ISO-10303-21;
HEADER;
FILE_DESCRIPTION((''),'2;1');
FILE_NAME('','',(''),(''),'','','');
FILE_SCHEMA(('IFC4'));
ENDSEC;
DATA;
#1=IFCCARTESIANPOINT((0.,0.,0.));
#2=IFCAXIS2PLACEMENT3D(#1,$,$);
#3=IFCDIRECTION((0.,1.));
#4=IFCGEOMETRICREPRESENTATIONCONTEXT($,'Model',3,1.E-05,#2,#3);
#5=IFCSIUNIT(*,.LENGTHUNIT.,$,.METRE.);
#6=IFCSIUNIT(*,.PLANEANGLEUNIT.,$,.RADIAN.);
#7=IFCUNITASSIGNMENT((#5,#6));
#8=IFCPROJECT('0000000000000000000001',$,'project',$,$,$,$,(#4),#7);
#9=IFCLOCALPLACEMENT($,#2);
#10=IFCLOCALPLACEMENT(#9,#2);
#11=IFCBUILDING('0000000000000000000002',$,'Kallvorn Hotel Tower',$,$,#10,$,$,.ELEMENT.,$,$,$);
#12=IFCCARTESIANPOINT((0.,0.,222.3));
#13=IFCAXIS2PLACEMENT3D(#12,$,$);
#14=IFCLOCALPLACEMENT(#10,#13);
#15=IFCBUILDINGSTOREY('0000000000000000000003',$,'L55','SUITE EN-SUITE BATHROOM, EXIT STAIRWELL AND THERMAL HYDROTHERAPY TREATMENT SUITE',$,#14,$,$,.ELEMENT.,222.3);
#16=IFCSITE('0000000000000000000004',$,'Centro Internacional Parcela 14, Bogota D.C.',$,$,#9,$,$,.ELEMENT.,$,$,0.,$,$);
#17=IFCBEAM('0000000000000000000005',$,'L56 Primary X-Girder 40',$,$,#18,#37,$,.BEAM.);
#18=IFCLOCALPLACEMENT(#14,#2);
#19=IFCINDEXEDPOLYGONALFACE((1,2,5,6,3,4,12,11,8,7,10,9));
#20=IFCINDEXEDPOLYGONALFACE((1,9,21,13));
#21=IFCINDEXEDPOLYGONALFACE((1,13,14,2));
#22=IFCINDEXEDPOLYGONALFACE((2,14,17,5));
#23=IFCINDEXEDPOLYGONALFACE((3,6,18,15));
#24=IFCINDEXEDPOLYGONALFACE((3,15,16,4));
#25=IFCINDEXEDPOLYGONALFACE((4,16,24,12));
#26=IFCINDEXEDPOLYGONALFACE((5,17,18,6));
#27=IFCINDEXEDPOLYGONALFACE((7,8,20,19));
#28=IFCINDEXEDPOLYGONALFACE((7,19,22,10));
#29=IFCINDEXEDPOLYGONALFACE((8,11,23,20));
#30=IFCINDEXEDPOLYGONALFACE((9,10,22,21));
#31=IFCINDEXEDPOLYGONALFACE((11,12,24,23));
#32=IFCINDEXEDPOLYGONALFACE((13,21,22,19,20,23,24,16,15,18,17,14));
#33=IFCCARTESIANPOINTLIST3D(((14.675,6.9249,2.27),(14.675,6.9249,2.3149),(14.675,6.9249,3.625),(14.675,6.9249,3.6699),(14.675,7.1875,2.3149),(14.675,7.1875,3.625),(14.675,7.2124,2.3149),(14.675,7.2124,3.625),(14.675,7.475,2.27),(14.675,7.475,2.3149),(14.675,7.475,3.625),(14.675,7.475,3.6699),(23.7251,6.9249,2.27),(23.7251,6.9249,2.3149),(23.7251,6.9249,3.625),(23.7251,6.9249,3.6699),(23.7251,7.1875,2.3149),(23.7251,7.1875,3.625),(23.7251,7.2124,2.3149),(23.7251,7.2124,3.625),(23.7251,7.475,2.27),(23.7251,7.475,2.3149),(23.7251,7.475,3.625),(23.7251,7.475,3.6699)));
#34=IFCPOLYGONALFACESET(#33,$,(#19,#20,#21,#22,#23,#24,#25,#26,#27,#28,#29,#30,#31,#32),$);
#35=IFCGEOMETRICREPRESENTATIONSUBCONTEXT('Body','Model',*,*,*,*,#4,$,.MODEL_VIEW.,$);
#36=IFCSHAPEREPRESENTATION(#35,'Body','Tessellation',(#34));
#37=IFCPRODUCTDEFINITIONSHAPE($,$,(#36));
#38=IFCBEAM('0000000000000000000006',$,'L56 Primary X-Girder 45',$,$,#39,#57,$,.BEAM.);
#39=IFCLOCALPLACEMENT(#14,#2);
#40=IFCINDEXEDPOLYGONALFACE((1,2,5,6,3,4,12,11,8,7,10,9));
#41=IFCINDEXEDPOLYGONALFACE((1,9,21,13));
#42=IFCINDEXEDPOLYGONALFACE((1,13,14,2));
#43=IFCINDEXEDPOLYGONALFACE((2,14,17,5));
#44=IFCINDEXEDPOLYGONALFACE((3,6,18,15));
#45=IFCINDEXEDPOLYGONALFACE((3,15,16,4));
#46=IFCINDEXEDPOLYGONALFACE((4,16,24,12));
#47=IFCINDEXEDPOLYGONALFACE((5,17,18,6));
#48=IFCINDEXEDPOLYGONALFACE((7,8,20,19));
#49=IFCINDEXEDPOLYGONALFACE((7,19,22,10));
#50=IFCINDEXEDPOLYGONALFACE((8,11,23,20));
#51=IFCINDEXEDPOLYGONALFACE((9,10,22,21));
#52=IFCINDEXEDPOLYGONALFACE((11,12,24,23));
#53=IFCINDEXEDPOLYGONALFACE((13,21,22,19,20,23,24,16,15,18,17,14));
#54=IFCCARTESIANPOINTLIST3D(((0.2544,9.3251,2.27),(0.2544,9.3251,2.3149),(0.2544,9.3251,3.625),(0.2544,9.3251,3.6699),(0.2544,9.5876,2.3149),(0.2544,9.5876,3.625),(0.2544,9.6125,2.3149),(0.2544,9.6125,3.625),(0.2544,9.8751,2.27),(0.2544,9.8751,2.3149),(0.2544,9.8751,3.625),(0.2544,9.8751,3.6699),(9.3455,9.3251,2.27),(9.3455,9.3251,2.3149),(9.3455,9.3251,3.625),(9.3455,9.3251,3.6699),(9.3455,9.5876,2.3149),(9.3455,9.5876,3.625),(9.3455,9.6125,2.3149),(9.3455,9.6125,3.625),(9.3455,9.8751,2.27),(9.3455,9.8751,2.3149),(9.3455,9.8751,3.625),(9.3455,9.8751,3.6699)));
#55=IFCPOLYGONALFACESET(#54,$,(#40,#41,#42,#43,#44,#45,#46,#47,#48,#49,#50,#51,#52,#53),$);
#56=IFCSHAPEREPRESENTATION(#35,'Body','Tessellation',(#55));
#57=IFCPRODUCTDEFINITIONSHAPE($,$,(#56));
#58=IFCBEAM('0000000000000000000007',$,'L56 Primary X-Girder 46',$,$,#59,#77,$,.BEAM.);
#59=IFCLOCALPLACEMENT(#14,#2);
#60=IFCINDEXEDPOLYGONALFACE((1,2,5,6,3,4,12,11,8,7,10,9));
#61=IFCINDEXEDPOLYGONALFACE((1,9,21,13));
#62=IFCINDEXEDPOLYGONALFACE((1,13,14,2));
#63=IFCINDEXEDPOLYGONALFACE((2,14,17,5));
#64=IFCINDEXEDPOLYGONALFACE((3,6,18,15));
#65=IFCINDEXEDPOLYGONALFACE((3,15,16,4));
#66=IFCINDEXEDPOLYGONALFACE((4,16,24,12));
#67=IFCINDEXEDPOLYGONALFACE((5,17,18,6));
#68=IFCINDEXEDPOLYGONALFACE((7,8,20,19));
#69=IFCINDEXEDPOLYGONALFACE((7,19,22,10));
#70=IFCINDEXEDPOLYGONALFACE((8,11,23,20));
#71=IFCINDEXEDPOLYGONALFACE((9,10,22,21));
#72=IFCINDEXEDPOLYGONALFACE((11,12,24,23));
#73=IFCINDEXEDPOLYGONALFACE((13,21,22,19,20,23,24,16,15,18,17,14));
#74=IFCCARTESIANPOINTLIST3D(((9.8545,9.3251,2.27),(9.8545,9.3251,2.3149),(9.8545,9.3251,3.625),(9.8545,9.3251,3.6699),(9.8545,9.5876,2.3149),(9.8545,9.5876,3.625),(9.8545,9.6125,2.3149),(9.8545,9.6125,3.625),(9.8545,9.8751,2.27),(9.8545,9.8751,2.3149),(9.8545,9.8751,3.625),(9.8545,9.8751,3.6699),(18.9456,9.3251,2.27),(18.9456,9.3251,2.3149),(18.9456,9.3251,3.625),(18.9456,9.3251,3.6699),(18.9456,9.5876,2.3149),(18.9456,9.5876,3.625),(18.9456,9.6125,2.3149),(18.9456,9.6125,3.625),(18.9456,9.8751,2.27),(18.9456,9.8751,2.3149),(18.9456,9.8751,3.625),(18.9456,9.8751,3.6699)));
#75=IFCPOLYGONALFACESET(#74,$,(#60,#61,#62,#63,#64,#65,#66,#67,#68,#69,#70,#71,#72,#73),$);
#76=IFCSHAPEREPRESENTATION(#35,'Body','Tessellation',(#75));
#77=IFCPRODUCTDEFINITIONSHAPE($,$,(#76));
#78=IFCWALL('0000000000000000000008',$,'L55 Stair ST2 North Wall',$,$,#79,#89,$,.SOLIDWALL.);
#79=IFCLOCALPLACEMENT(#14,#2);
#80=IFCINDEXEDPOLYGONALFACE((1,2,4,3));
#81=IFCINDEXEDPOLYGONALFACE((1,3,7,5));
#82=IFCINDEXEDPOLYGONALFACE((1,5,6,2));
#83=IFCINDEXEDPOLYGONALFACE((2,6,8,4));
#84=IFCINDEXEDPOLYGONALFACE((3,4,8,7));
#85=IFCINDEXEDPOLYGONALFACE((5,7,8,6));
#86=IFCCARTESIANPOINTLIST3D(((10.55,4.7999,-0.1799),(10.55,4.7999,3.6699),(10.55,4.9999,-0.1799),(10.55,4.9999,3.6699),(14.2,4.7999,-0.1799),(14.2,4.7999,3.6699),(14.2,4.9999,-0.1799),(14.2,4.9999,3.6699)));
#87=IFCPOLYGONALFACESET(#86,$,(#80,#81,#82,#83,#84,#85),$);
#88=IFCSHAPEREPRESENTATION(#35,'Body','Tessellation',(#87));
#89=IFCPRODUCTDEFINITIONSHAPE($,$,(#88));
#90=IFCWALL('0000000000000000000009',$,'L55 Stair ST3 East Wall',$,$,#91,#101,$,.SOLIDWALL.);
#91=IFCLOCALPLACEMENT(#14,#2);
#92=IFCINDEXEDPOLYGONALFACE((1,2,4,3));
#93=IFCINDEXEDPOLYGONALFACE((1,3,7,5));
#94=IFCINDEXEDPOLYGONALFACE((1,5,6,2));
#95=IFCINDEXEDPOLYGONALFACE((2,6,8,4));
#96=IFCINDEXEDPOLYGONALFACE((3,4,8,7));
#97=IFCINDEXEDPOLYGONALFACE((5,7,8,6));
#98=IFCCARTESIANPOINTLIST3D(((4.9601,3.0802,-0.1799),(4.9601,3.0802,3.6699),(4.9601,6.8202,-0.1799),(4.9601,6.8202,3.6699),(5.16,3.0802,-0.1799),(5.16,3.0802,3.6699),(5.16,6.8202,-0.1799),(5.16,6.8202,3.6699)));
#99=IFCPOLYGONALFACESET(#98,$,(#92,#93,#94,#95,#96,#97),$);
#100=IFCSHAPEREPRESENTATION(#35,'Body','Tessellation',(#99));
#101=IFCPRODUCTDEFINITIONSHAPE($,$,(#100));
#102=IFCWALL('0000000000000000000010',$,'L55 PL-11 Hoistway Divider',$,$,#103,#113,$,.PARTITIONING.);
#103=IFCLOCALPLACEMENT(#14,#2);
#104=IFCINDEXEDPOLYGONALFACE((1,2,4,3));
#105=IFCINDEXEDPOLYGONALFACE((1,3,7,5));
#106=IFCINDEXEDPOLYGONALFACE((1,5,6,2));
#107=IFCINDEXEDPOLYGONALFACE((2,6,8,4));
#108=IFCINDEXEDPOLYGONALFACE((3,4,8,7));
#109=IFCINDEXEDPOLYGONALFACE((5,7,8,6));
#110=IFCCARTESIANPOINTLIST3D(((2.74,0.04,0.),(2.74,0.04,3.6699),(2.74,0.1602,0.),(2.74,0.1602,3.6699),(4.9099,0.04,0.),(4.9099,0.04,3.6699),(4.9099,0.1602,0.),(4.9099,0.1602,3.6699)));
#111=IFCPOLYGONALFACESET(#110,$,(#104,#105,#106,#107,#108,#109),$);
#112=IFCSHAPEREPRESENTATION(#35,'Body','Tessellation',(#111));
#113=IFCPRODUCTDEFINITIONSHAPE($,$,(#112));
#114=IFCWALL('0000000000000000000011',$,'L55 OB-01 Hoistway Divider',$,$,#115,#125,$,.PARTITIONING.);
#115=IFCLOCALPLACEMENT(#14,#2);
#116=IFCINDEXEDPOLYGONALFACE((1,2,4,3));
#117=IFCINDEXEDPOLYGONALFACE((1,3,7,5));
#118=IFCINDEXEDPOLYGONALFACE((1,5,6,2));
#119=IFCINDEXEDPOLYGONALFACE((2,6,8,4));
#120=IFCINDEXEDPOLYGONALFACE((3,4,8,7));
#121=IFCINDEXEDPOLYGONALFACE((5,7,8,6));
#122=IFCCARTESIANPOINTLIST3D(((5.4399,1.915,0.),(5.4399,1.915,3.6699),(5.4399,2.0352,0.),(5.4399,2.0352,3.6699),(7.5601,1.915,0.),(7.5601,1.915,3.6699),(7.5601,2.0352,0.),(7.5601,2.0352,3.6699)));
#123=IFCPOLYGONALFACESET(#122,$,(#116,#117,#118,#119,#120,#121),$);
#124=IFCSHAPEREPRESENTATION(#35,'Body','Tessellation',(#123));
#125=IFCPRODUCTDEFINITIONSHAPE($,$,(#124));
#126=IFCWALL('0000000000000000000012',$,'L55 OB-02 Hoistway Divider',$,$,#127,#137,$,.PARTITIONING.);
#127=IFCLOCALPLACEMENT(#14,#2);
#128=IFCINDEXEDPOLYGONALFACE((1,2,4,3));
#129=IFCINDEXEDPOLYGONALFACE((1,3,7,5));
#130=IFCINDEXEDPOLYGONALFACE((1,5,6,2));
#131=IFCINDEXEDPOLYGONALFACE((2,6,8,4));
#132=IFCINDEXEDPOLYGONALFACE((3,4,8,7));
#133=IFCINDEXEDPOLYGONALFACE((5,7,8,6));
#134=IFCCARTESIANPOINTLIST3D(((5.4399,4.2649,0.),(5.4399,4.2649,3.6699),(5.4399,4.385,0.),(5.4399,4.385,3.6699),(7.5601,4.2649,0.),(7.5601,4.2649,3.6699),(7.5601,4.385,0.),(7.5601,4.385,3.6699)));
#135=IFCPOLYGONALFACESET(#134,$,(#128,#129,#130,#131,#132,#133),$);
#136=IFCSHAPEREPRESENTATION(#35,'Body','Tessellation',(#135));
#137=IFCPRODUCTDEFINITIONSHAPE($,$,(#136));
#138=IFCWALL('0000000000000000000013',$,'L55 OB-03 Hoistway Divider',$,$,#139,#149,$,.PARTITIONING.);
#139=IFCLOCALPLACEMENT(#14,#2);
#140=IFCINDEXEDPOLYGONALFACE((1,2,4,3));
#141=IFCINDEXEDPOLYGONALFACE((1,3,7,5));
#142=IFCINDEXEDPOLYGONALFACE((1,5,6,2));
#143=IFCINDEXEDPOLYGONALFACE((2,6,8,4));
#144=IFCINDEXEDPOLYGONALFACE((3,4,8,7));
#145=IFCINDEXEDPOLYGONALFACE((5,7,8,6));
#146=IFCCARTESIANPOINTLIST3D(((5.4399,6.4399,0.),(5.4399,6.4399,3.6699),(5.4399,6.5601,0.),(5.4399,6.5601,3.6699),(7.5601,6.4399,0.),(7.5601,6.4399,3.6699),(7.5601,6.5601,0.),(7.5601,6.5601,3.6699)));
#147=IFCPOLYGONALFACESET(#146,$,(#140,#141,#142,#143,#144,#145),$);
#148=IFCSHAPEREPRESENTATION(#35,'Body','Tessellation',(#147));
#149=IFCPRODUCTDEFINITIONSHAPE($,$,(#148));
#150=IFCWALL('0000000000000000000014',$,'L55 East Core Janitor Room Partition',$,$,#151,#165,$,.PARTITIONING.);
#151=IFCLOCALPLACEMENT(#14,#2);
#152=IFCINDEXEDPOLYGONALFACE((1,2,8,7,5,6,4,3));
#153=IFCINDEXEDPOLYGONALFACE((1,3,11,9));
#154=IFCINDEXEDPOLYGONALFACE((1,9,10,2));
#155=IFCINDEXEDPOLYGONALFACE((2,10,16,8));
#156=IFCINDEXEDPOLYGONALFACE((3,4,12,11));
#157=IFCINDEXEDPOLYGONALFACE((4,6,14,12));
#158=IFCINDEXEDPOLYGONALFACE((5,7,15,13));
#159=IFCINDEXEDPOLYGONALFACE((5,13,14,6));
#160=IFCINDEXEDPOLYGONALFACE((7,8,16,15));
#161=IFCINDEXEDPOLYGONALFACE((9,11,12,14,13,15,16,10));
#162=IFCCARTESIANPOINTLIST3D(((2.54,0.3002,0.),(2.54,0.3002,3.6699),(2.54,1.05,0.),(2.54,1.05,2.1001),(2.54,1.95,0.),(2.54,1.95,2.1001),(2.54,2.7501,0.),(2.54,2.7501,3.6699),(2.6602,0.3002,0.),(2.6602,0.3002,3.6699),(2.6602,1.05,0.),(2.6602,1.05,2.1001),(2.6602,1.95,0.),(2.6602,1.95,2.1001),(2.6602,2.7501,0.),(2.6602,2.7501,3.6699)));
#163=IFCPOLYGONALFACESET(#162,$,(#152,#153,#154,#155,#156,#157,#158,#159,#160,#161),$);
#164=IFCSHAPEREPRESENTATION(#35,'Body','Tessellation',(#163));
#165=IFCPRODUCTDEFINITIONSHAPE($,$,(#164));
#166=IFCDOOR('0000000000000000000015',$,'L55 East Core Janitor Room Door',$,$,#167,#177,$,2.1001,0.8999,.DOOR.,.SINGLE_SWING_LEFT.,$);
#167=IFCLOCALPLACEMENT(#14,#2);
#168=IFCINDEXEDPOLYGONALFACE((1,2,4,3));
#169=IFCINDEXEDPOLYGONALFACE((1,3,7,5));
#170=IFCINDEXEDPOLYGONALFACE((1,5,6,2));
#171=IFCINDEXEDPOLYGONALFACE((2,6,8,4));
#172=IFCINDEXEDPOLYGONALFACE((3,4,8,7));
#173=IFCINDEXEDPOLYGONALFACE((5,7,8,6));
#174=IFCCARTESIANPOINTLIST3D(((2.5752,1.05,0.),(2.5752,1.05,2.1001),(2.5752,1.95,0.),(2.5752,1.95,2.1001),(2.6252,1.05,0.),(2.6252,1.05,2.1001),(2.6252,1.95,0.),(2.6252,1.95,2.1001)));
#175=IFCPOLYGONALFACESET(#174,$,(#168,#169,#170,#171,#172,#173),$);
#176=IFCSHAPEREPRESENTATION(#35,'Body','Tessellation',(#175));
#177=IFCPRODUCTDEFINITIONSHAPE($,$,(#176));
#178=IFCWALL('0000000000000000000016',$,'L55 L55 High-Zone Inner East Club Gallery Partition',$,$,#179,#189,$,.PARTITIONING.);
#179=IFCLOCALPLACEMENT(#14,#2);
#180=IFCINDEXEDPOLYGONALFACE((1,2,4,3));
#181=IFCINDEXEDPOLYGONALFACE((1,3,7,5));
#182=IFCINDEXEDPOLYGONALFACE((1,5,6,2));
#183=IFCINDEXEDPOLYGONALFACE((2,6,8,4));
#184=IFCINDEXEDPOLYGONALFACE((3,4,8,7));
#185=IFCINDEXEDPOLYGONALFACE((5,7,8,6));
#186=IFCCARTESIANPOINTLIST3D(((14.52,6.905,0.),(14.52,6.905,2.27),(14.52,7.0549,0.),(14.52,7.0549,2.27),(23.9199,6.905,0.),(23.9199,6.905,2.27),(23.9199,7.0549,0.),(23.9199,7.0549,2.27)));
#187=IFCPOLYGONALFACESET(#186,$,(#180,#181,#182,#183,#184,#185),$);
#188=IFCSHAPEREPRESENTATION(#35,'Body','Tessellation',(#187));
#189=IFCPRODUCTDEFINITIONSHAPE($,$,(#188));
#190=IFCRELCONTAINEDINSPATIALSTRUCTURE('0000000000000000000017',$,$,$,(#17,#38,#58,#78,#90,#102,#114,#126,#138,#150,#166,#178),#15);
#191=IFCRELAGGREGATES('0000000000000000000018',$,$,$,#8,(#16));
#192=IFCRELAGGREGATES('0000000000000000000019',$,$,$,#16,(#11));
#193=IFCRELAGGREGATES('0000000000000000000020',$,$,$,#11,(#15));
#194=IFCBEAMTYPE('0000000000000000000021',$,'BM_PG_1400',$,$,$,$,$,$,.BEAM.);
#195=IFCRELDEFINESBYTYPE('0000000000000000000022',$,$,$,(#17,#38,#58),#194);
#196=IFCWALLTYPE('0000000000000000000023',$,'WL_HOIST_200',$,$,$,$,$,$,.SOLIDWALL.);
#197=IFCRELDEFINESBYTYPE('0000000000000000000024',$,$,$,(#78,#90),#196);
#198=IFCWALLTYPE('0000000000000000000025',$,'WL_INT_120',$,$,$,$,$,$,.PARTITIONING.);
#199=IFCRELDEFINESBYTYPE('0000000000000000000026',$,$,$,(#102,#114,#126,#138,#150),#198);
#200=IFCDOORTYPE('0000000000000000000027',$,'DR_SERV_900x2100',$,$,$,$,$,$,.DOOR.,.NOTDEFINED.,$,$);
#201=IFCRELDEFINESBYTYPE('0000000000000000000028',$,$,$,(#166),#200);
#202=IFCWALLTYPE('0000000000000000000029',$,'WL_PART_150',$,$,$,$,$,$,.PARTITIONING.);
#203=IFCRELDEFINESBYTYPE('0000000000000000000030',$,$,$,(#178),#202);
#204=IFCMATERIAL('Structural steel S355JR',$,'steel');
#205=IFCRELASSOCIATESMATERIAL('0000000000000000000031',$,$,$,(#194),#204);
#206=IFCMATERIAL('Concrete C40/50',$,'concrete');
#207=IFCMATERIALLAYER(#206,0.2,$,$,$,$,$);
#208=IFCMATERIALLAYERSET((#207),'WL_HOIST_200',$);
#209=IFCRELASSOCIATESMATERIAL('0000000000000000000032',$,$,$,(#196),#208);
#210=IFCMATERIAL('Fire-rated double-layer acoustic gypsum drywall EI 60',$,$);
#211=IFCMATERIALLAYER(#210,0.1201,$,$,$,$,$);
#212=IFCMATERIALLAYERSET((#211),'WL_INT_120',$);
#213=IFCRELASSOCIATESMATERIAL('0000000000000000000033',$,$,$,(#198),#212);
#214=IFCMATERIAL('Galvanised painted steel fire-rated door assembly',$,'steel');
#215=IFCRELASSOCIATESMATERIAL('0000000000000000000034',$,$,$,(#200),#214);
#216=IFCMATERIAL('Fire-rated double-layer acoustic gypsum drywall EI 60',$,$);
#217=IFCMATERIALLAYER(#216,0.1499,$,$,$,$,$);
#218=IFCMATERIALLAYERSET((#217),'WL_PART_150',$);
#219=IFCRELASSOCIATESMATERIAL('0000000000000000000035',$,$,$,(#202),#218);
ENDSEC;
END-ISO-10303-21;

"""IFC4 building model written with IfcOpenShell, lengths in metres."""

from ifc_helpers import new_model, si_unit, direction, frame, frame_2d, origin, origin_2d, place, context, subcontext, project, spatial, rectangle, i_section, extrude, material, layer, layer_set, material_profile, profile_set, type_object, element, fill, save


model = new_model("IFC4")

# Units and contexts
model_context = context("Model", 3, precision=1e-05, world=origin(), true_north=direction((0.0, 1.0)))
body_context = subcontext(model_context, "Body", "Model", "MODEL_VIEW")
ifc_project = project(units=[si_unit("LENGTHUNIT", "METRE"), si_unit("PLANEANGLEUNIT", "RADIAN")], contexts=[model_context])

# Site, building, storey
site_placement = place(None, origin())
site = spatial("IfcSite", under=ifc_project, at=site_placement, Name="Centro Internacional Parcela 14, Bogota D.C.", CompositionType="ELEMENT", RefElevation=0.0)
building_placement = place(site_placement, origin())
building = spatial("IfcBuilding", under=site, at=building_placement, Name="Kallvorn Hotel Tower", CompositionType="ELEMENT")
storey_placement = place(building_placement, frame((0.0, 0.0, 222.3)))
storey = spatial("IfcBuildingStorey", under=building, at=storey_placement, Name="L55", Description="SUITE EN-SUITE BATHROOM, EXIT STAIRWELL AND THERMAL HYDROTHERAPY TREATMENT SUITE", CompositionType="ELEMENT", Elevation=222.3)

# Beams
ifc_material_1 = material(Name="Structural steel S355JR", Category="steel")
ifc_material_profile_1 = material_profile(ifc_material_1, i_section(OverallWidth=0.55, OverallDepth=1.3999, WebThickness=0.0249, FlangeThickness=0.0449, at=origin_2d()), Name="PG 1400x550x25x45")
ifc_profile_set_1 = profile_set([ifc_material_profile_1], Name="Structural steel S355JR")
beam_type_1 = type_object("IfcBeamType", Name="BM_PG_1400", PredefinedType="BEAM", material=ifc_profile_set_1)
for number, where, z_axis, x_axis, name in (
    (1, (14.675, 7.2, 2.97), (1.0, 0.0, 0.0), (0.0, 1.0, 0.0), "L56 Primary X-Girder 40"),
):
    element("IfcBeam", number, at=place(storey_placement, frame(where, z_axis=z_axis, x_axis=x_axis)), inside=storey, type_object=beam_type_1, Name=name, PredefinedType="BEAM", context=body_context, shape_type="SweptSolid", body=[
        extrude(i_section(OverallWidth=0.55, OverallDepth=1.3999, WebThickness=0.0249, FlangeThickness=0.0449, at=origin_2d()), origin(), (0.0, 0.0, 1.0), 9.05),
    ])
for number, where, z_axis, x_axis, name in (
    (2, (0.2544, 9.6001, 2.97), (1.0, 0.0, 0.0), (0.0, 1.0, 0.0), "L56 Primary X-Girder 45"),
    (3, (9.8545, 9.6001, 2.97), (1.0, 0.0, 0.0), (0.0, 1.0, 0.0), "L56 Primary X-Girder 46"),
):
    element("IfcBeam", number, at=place(storey_placement, frame(where, z_axis=z_axis, x_axis=x_axis)), inside=storey, type_object=beam_type_1, Name=name, PredefinedType="BEAM", context=body_context, shape_type="SweptSolid", body=[
        extrude(i_section(OverallWidth=0.55, OverallDepth=1.3999, WebThickness=0.0249, FlangeThickness=0.0449, at=origin_2d()), origin(), (0.0, 0.0, 1.0), 9.0911),
    ])

# Walls
ifc_material_2 = material(Name="Concrete C40/50", Category="concrete")
ifc_layer_1 = layer(ifc_material_2, 0.2)
ifc_layer_set_1 = layer_set([ifc_layer_1], Name="WL_HOIST_200")
wall_type_1 = type_object("IfcWallType", Name="WL_HOIST_200", PredefinedType="SOLIDWALL", material=ifc_layer_set_1)
wall_1_placement = place(storey_placement, frame((10.55, 4.8999, -0.1799), z_axis=(0.0, 0.0, 1.0), x_axis=(1.0, 0.0, 0.0)))
element("IfcWall", 4, at=wall_1_placement, inside=storey, type_object=wall_type_1, Name="L55 Stair ST2 North Wall", PredefinedType="SOLIDWALL", context=body_context, shape_type="SweptSolid", body=[
    extrude(rectangle(XDim=3.6499, YDim=0.2, at=frame_2d((1.825, 0.0))), origin(), (0.0, 0.0, 1.0), 3.8499),
])
wall_2_placement = place(storey_placement, frame((5.0601, 3.0801, -0.1799), z_axis=(0.0, 0.0, 1.0), x_axis=(0.0, 1.0, 0.0)))
element("IfcWall", 5, at=wall_2_placement, inside=storey, type_object=wall_type_1, Name="L55 Stair ST3 East Wall", PredefinedType="SOLIDWALL", context=body_context, shape_type="SweptSolid", body=[
    extrude(rectangle(XDim=3.74, YDim=0.2, at=frame_2d((1.8701, 0.0))), origin(), (0.0, 0.0, 1.0), 3.8499),
])
ifc_material_3 = material(Name="Fire-rated double-layer acoustic gypsum drywall EI 60")
ifc_layer_2 = layer(ifc_material_3, 0.1201)
ifc_layer_set_2 = layer_set([ifc_layer_2], Name="WL_INT_120")
wall_type_2 = type_object("IfcWallType", Name="WL_INT_120", PredefinedType="PARTITIONING", material=ifc_layer_set_2)
wall_3_placement = place(storey_placement, frame((2.74, 0.1001, 0.0), z_axis=(0.0, 0.0, 1.0), x_axis=(1.0, 0.0, 0.0)))
element("IfcWall", 6, at=wall_3_placement, inside=storey, type_object=wall_type_2, Name="L55 PL-11 Hoistway Divider", PredefinedType="PARTITIONING", context=body_context, shape_type="SweptSolid", body=[
    extrude(rectangle(XDim=2.1699, YDim=0.1201, at=frame_2d((1.085, 0.0))), origin(), (0.0, 0.0, 1.0), 3.6699),
])
for number, where, z_axis, x_axis, name in (
    (7, (5.4399, 1.9751, 0.0), (0.0, 0.0, 1.0), (1.0, 0.0, 0.0), "L55 OB-01 Hoistway Divider"),
    (8, (5.4399, 4.325, 0.0), (0.0, 0.0, 1.0), (1.0, 0.0, 0.0), "L55 OB-02 Hoistway Divider"),
    (9, (5.4399, 6.5, 0.0), (0.0, 0.0, 1.0), (1.0, 0.0, 0.0), "L55 OB-03 Hoistway Divider"),
):
    element("IfcWall", number, at=place(storey_placement, frame(where, z_axis=z_axis, x_axis=x_axis)), inside=storey, type_object=wall_type_2, Name=name, PredefinedType="PARTITIONING", context=body_context, shape_type="SweptSolid", body=[
        extrude(rectangle(XDim=2.1201, YDim=0.1201, at=frame_2d((1.0601, 0.0))), origin(), (0.0, 0.0, 1.0), 3.6699),
    ])

# Wall, opening, door
wall_4_placement = place(storey_placement, frame((2.6001, 0.3, 0.0), z_axis=(0.0, 0.0, 1.0), x_axis=(0.0, 1.0, 0.0)))
wall_4 = element("IfcWall", 10, at=wall_4_placement, inside=storey, type_object=wall_type_2, Name="L55 East Core Janitor Room Partition", PredefinedType="PARTITIONING", context=body_context, shape_type="SweptSolid", body=[
    extrude(rectangle(XDim=2.45, YDim=0.1201, at=frame_2d((1.2251, 0.0))), origin(), (0.0, 0.0, 1.0), 3.6699),
])
opening_1_placement = place(wall_4_placement, frame((0.75, 0.0, 0.0)))
opening_1 = element("IfcOpeningElement", 11, at=opening_1_placement, cuts=wall_4, PredefinedType="OPENING", context=body_context, shape_type="SweptSolid", body=[
    extrude(rectangle(XDim=0.8999, YDim=2.1001, at=frame_2d((0.45, 1.05))), frame((0.0, 0.075, 0.0), z_axis=(0.0, -1.0, 0.0), x_axis=(1.0, 0.0, 0.0)), (0.0, 0.0, 1.0), 0.1501),
])
ifc_material_4 = material(Name="Galvanised painted steel fire-rated door assembly", Category="steel")
door_type_1 = type_object("IfcDoorType", Name="DR_SERV_900x2100", OperationType="NOTDEFINED", PredefinedType="DOOR", material=ifc_material_4)
door_1_placement = place(opening_1_placement, origin())
door_1 = element("IfcDoor", 12, at=door_1_placement, inside=storey, type_object=door_type_1, Name="L55 East Core Janitor Room Door", OperationType="SINGLE_SWING_LEFT", OverallHeight=2.1001, OverallWidth=0.8999, PredefinedType="DOOR", context=body_context, shape_type="SweptSolid", body=[
    extrude(rectangle(XDim=0.8999, YDim=2.1001, at=frame_2d((0.45, 1.05))), frame((0.0, 0.0249, 0.0), z_axis=(0.0, -1.0, 0.0), x_axis=(1.0, 0.0, 0.0)), (0.0, 0.0, 1.0), 0.05),
])
fill(opening_1, door_1)

# Wall
ifc_material_5 = material(Name="Fire-rated double-layer acoustic gypsum drywall EI 60")
ifc_layer_3 = layer(ifc_material_5, 0.1499)
ifc_layer_set_3 = layer_set([ifc_layer_3], Name="WL_PART_150")
wall_type_3 = type_object("IfcWallType", Name="WL_PART_150", PredefinedType="PARTITIONING", material=ifc_layer_set_3)
wall_5_placement = place(storey_placement, frame((14.52, 6.98, 0.0), z_axis=(0.0, 0.0, 1.0), x_axis=(1.0, 0.0, 0.0)))
element("IfcWall", 13, at=wall_5_placement, inside=storey, type_object=wall_type_3, Name="L55 L55 High-Zone Inner East Club Gallery Partition", PredefinedType="PARTITIONING", context=body_context, shape_type="SweptSolid", body=[
    extrude(rectangle(XDim=9.3999, YDim=0.1499, at=frame_2d((4.7, 0.0))), origin(), (0.0, 0.0, 1.0), 2.27),
])

save(model, "model.ifc")
